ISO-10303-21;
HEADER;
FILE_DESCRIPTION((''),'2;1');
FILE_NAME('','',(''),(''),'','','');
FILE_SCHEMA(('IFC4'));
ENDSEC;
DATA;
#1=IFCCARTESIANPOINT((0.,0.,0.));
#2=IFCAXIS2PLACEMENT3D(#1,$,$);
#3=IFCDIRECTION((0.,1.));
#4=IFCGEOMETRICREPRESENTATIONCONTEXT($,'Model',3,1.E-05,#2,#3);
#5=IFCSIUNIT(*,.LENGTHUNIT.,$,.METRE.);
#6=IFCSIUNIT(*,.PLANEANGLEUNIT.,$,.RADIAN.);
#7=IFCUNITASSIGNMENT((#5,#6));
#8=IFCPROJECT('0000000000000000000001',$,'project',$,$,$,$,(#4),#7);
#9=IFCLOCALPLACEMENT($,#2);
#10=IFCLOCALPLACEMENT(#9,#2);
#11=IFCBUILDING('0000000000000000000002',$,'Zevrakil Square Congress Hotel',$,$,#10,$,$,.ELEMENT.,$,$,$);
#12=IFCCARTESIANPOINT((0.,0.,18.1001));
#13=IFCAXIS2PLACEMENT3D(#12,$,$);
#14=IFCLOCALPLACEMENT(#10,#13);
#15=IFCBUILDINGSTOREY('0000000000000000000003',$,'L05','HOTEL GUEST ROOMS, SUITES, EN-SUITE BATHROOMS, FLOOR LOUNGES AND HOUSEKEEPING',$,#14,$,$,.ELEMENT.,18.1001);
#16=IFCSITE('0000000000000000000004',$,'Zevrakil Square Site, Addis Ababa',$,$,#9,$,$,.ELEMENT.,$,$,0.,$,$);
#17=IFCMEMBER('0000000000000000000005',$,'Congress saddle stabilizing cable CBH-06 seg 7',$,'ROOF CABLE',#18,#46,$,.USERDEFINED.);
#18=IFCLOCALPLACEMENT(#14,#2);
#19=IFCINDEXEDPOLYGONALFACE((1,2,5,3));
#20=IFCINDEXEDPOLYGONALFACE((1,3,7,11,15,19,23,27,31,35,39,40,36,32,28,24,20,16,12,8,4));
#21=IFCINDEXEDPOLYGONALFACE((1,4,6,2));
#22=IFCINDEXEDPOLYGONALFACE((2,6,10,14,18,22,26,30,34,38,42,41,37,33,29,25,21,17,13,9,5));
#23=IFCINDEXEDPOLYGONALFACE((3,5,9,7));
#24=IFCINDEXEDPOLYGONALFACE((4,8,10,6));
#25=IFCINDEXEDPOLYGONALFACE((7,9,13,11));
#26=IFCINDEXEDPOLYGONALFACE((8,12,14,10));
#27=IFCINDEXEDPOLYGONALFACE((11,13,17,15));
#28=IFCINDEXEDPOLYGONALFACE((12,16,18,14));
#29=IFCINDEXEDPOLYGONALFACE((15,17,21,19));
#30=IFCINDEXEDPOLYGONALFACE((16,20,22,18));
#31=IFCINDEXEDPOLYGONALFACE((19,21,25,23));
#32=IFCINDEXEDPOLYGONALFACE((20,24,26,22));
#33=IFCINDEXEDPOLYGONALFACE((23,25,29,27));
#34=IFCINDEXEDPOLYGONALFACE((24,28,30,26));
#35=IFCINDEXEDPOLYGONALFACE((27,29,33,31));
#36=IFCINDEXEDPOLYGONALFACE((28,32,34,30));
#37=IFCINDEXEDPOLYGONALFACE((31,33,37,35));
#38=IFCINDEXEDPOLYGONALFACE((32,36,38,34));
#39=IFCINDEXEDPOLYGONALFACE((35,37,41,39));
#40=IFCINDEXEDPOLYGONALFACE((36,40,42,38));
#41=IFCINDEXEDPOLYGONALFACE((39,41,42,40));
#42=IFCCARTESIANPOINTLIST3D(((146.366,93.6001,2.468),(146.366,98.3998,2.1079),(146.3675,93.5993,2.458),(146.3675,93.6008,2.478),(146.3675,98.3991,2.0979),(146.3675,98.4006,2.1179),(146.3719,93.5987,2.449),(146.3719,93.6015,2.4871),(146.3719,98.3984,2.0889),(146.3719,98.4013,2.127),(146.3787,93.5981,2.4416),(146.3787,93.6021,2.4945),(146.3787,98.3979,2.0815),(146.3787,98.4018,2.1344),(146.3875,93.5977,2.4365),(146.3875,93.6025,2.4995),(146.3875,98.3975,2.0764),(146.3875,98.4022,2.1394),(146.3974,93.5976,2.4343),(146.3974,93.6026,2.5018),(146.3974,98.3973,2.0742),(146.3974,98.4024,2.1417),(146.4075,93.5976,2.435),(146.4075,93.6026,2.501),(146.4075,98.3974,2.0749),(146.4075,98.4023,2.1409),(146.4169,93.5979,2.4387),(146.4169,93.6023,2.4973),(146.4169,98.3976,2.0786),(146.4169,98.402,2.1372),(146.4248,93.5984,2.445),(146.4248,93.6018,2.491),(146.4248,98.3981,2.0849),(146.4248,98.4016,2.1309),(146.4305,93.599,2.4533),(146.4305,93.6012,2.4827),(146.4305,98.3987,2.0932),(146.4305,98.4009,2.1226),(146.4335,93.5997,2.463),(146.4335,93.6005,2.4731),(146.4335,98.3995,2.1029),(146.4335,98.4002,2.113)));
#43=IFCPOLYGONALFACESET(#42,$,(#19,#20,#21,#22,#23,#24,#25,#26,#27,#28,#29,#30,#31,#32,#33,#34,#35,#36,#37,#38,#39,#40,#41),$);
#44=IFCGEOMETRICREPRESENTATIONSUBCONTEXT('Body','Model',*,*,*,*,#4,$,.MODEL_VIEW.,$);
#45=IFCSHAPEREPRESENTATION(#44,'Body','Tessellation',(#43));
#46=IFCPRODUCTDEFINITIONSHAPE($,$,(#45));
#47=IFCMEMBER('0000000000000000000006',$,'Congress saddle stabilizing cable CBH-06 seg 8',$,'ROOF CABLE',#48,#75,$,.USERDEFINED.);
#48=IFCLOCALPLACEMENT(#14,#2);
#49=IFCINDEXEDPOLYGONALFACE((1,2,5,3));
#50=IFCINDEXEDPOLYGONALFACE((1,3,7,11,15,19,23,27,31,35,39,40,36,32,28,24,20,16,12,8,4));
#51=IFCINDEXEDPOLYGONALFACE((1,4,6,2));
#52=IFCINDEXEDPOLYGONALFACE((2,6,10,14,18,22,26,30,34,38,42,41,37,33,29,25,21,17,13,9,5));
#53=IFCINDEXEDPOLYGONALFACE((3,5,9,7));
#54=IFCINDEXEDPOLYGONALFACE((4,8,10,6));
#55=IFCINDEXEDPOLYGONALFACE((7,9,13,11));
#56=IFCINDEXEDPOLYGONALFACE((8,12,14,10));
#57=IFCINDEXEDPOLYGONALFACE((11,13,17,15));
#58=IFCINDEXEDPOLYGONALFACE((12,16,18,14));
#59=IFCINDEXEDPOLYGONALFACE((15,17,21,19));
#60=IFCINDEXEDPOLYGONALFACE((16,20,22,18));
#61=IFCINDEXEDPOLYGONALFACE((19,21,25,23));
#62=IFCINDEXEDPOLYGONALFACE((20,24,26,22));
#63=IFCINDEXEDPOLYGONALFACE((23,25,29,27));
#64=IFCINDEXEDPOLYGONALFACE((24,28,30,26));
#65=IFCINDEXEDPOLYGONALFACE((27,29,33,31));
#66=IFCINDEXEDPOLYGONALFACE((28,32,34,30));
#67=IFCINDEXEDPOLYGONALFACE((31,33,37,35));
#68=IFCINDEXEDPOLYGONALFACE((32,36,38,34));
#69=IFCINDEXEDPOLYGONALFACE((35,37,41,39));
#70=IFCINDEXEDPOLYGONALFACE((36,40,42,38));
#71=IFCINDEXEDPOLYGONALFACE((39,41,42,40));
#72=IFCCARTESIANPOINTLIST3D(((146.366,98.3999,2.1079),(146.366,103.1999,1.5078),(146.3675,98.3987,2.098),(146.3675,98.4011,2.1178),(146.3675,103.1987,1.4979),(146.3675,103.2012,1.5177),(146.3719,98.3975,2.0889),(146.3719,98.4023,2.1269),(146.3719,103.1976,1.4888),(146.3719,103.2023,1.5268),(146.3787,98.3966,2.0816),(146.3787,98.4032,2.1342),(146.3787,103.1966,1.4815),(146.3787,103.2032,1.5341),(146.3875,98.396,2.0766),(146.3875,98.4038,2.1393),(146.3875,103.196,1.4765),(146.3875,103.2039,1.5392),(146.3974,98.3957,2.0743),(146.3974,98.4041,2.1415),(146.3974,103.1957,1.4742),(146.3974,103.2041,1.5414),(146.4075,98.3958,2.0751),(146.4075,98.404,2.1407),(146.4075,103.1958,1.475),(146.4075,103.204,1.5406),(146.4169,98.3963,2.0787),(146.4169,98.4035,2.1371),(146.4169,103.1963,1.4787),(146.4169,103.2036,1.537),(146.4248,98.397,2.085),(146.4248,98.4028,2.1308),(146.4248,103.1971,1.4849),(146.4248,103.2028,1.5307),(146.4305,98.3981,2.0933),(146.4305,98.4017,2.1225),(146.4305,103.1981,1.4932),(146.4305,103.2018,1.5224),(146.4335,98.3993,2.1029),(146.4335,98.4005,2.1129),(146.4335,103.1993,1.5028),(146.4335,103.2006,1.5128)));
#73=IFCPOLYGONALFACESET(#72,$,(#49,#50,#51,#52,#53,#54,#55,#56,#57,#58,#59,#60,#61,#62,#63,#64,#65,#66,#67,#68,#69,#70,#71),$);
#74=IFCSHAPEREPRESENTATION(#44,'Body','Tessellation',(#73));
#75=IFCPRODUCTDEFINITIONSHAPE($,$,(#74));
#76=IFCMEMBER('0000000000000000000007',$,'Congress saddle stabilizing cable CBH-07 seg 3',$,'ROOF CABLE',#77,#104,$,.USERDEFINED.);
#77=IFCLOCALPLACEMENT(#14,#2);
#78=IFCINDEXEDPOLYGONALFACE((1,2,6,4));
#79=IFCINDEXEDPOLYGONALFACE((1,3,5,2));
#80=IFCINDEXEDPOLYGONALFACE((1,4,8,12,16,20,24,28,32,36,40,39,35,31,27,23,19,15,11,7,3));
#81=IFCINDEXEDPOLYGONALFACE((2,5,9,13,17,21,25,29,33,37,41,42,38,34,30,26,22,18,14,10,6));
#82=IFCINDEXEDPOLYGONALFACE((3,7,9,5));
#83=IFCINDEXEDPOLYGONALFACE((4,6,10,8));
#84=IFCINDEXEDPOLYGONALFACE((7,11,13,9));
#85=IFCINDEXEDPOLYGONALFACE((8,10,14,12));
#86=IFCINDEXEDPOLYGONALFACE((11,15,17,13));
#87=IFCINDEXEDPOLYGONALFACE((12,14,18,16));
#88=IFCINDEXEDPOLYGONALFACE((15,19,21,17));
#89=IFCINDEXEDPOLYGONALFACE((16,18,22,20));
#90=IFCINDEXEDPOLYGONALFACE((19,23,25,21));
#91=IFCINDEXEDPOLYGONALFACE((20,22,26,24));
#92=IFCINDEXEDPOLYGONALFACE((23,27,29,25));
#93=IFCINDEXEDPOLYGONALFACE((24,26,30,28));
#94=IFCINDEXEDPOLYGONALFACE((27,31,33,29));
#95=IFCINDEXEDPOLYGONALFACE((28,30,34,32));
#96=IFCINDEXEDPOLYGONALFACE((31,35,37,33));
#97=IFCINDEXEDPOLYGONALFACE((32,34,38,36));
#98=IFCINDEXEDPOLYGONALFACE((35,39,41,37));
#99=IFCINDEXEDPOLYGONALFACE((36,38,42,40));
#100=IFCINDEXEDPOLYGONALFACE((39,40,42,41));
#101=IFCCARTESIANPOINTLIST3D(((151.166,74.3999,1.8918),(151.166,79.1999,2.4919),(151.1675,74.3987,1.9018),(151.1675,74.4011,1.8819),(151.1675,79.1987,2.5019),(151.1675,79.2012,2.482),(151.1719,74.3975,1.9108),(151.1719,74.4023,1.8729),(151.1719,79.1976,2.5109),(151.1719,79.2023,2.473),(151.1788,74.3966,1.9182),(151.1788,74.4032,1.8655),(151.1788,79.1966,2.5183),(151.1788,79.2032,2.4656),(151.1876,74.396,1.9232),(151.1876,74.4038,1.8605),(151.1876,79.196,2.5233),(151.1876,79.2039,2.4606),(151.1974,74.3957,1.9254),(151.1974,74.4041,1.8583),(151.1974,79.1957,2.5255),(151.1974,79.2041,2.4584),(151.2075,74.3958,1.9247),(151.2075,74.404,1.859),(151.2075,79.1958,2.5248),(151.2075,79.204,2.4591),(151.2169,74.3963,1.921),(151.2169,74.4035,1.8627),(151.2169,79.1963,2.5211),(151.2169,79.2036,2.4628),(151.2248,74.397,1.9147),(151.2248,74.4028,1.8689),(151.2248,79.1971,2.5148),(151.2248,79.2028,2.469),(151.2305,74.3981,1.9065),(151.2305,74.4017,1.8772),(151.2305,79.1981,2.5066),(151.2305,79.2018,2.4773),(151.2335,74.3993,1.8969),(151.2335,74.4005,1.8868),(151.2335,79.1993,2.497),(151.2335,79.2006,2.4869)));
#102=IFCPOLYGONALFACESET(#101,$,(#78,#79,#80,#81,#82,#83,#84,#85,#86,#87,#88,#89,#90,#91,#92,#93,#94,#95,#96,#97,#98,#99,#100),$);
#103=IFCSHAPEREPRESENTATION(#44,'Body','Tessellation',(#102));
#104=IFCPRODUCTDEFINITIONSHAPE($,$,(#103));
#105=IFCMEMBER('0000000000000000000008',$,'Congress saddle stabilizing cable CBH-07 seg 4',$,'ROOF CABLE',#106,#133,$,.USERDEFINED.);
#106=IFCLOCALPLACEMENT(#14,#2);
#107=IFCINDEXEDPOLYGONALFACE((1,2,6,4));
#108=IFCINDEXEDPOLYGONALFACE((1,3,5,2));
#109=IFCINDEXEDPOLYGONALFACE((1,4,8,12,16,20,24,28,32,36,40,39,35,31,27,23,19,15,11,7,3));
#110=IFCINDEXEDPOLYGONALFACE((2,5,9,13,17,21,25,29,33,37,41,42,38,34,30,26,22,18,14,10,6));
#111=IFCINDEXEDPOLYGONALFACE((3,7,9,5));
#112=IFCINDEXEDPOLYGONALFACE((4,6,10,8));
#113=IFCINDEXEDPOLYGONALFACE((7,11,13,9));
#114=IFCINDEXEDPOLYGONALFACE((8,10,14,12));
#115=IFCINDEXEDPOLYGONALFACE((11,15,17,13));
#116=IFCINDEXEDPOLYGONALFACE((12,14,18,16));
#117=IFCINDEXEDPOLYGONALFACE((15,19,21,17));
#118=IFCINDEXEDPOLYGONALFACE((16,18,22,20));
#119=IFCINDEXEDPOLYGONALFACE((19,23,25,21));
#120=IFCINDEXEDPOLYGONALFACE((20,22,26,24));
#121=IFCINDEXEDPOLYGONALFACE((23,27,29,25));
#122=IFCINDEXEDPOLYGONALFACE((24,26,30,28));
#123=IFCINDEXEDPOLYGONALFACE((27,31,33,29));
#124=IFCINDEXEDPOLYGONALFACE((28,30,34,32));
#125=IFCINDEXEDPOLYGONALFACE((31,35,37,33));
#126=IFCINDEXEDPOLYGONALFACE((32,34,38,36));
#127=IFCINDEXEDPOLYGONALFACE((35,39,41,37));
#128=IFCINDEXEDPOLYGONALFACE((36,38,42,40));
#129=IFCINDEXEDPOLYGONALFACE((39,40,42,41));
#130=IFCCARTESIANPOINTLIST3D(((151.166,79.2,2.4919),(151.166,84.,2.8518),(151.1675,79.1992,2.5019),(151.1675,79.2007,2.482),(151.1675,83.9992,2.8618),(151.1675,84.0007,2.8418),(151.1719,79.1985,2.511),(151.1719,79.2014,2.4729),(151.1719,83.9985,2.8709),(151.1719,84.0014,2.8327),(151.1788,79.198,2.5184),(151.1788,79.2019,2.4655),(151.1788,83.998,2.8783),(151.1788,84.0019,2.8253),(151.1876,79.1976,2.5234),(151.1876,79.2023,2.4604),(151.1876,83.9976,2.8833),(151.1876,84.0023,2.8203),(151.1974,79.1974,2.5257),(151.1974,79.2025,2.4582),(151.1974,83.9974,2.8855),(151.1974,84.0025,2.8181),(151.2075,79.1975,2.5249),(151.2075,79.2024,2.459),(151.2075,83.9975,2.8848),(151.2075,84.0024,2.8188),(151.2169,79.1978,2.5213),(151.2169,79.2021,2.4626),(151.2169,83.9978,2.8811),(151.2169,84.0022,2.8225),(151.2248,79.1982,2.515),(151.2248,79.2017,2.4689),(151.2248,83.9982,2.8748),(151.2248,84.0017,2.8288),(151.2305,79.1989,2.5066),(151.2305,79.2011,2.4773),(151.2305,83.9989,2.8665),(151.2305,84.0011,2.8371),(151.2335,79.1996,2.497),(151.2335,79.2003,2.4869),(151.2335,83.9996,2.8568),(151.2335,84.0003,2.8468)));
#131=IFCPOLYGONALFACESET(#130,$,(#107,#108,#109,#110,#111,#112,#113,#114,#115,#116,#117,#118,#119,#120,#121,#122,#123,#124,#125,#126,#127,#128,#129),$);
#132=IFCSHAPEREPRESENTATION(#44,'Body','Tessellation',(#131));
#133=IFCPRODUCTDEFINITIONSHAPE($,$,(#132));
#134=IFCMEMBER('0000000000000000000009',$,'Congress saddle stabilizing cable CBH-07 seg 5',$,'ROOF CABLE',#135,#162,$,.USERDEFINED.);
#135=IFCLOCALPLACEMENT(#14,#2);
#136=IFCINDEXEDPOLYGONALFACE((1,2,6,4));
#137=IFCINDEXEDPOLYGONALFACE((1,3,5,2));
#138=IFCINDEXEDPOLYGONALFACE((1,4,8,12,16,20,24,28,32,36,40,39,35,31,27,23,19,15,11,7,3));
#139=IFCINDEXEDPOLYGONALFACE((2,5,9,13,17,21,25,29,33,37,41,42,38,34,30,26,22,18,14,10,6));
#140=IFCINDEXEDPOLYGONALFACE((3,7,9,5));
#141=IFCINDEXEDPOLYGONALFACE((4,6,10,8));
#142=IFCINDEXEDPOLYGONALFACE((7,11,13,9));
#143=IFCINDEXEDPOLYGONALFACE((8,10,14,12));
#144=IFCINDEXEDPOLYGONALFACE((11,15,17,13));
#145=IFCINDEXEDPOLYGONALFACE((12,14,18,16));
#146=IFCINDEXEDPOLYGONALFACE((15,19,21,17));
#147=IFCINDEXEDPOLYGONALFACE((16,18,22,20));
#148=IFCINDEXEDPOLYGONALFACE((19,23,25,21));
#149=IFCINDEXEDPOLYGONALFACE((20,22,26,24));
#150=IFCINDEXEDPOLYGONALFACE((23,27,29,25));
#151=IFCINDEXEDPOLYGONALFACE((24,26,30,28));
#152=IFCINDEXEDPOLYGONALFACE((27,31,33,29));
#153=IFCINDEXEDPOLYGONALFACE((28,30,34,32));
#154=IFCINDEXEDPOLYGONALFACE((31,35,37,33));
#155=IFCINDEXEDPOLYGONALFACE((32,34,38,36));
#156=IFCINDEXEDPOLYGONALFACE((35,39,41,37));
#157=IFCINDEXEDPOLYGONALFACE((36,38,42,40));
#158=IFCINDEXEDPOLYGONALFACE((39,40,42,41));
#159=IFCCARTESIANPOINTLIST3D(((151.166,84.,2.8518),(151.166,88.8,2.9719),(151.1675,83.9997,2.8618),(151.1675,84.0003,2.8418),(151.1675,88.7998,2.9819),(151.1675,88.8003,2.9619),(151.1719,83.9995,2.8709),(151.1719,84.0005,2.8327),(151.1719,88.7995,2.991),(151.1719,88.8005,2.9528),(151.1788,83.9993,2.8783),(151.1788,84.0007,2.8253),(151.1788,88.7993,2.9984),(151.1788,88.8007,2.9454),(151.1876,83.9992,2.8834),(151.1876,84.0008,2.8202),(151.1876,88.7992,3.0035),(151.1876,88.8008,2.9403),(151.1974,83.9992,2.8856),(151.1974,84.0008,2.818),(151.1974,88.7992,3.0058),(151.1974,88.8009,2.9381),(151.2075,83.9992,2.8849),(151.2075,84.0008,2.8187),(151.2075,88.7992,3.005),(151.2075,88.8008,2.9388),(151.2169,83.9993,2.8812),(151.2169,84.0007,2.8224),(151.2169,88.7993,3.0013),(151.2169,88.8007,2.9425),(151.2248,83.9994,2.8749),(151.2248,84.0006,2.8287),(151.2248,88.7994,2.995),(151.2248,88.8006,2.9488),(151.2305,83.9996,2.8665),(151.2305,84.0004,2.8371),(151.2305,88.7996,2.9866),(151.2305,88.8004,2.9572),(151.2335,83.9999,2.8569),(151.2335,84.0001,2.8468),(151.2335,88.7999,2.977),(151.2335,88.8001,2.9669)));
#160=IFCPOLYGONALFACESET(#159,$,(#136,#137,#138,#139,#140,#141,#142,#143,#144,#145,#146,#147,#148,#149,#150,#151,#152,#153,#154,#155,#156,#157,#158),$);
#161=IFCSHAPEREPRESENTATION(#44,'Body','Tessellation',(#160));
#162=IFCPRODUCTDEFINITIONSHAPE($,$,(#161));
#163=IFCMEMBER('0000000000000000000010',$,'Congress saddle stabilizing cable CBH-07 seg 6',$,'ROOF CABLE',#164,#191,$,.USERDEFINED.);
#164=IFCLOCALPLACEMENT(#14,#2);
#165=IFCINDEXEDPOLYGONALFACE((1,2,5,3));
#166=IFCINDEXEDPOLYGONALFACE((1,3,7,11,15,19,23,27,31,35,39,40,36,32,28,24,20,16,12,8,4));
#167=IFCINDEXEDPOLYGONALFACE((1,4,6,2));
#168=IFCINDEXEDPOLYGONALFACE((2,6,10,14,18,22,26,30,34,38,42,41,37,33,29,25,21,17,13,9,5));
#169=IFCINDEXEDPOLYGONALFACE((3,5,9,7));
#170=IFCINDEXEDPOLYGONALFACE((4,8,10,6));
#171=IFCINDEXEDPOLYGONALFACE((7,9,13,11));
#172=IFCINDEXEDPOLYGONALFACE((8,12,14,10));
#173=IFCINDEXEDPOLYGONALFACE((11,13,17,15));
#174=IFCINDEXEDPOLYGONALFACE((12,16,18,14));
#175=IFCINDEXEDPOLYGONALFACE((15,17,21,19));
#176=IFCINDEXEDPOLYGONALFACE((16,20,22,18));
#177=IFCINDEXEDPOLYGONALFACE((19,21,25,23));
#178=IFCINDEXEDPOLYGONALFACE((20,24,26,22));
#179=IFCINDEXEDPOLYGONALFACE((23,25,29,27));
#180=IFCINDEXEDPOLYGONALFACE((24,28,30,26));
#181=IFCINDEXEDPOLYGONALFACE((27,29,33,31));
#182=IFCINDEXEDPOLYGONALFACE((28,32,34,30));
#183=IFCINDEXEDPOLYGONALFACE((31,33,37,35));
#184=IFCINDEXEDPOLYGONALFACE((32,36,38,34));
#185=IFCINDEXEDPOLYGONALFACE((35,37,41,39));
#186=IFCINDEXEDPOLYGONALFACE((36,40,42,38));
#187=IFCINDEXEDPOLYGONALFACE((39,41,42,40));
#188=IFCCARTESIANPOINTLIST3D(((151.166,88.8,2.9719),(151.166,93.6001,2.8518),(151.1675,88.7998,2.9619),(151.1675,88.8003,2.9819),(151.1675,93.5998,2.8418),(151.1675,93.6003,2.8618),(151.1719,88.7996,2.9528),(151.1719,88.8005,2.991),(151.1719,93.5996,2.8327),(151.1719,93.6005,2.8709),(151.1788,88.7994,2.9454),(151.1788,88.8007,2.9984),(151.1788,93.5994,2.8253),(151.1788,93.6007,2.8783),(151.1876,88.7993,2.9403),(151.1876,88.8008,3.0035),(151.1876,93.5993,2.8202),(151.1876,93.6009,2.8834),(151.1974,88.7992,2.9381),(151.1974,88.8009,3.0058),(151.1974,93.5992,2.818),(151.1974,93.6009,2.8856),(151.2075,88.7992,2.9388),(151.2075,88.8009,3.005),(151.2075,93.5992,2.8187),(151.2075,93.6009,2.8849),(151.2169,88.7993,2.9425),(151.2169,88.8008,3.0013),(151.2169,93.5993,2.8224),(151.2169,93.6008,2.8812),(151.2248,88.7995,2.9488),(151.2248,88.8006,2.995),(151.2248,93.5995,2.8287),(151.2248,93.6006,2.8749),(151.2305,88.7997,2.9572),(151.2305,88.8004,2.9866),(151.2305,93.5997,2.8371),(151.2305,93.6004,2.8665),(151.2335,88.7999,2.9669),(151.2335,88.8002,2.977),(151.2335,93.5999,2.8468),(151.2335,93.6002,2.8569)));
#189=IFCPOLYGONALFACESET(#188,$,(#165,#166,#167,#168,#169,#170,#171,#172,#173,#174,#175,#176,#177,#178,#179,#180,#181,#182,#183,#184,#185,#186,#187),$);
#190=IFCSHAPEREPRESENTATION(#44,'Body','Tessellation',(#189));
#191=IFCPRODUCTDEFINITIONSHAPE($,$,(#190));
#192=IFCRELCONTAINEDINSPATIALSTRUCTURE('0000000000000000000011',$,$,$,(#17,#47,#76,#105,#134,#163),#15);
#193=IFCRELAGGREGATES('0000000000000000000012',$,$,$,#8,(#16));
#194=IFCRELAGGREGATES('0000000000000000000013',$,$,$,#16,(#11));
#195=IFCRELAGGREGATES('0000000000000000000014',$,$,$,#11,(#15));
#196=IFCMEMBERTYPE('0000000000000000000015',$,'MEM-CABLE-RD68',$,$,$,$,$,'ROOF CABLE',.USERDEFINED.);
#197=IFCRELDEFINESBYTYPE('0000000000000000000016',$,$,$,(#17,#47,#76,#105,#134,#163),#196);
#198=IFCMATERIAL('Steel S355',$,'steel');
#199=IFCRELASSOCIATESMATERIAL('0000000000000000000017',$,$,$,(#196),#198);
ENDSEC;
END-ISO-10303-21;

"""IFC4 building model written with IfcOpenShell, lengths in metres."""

from ifc_helpers import new_model, si_unit, direction, frame, origin, origin_2d, place, context, subcontext, project, spatial, circle, extrude, material, material_profile, profile_set, type_object, element, save


model = new_model("IFC4")

# Units and contexts
model_context = context("Model", 3, precision=1e-05, world=origin(), true_north=direction((0.0, 1.0)))
body_context = subcontext(model_context, "Body", "Model", "MODEL_VIEW")
ifc_project = project(units=[si_unit("LENGTHUNIT", "METRE"), si_unit("PLANEANGLEUNIT", "RADIAN")], contexts=[model_context])

# Site, building, storey
site_placement = place(None, origin())
site = spatial("IfcSite", under=ifc_project, at=site_placement, Name="Zevrakil Square Site, Addis Ababa", CompositionType="ELEMENT", RefElevation=0.0)
building_placement = place(site_placement, origin())
building = spatial("IfcBuilding", under=site, at=building_placement, Name="Zevrakil Square Congress Hotel", CompositionType="ELEMENT")
storey_placement = place(building_placement, frame((0.0, 0.0, 18.1001)))
storey = spatial("IfcBuildingStorey", under=building, at=storey_placement, Name="L05", Description="HOTEL GUEST ROOMS, SUITES, EN-SUITE BATHROOMS, FLOOR LOUNGES AND HOUSEKEEPING", CompositionType="ELEMENT", Elevation=18.1001)

# Members
ifc_material_1 = material(Name="Steel S355", Category="steel")
ifc_material_profile_1 = material_profile(ifc_material_1, circle(Radius=0.0339, at=origin_2d()), Name="CABLE RD68")
ifc_profile_set_1 = profile_set([ifc_material_profile_1], Name="Steel S355")
member_type_1 = type_object("IfcMemberType", Name="MEM-CABLE-RD68", ElementType="ROOF CABLE", PredefinedType="USERDEFINED", material=ifc_profile_set_1)
member_1_placement = place(storey_placement, frame((146.3999, 93.6001, 2.468), z_axis=(0.0, 0.997197, -0.074815), x_axis=(-1.0, 0.0, 0.0)))
element("IfcMember", 1, at=member_1_placement, inside=storey, type_object=member_type_1, Name="Congress saddle stabilizing cable CBH-06 seg 7", ObjectType="ROOF CABLE", PredefinedType="USERDEFINED", context=body_context, shape_type="SweptSolid", body=[
    extrude(circle(Radius=0.0339, at=origin_2d()), origin(), (0.0, 0.0, 1.0), 4.8132),
])
for number, where, z_axis, x_axis, name in (
    (2, (146.3999, 98.3999, 2.1079), (0.0, 0.992276, -0.124053), (-1.0, 0.0, 0.0), "Congress saddle stabilizing cable CBH-06 seg 8"),
    (3, (151.2, 74.3999, 1.8918), (0.0, 0.992276, 0.124053), (-1.0, 0.0, 0.0), "Congress saddle stabilizing cable CBH-07 seg 3"),
):
    element("IfcMember", number, at=place(storey_placement, frame(where, z_axis=z_axis, x_axis=x_axis)), inside=storey, type_object=member_type_1, Name=name, ObjectType="ROOF CABLE", PredefinedType="USERDEFINED", context=body_context, shape_type="SweptSolid", body=[
        extrude(circle(Radius=0.0339, at=origin_2d()), origin(), (0.0, 0.0, 1.0), 4.8374),
    ])
member_2_placement = place(storey_placement, frame((151.2, 79.2, 2.4919), z_axis=(0.0, 0.997201, 0.074761), x_axis=(-1.0, 0.0, 0.0)))
element("IfcMember", 4, at=member_2_placement, inside=storey, type_object=member_type_1, Name="Congress saddle stabilizing cable CBH-07 seg 4", ObjectType="ROOF CABLE", PredefinedType="USERDEFINED", context=body_context, shape_type="SweptSolid", body=[
    extrude(circle(Radius=0.0339, at=origin_2d()), origin(), (0.0, 0.0, 1.0), 4.8135),
])
for number, where, z_axis, x_axis, name in (
    (5, (151.2, 84.0, 2.8518), (0.0, 0.999687, 0.025016), (-1.0, 0.0, 0.0), "Congress saddle stabilizing cable CBH-07 seg 5"),
    (6, (151.2, 88.8, 2.9719), (0.0, 0.999687, -0.025016), (-1.0, 0.0, 0.0), "Congress saddle stabilizing cable CBH-07 seg 6"),
):
    element("IfcMember", number, at=place(storey_placement, frame(where, z_axis=z_axis, x_axis=x_axis)), inside=storey, type_object=member_type_1, Name=name, ObjectType="ROOF CABLE", PredefinedType="USERDEFINED", context=body_context, shape_type="SweptSolid", body=[
        extrude(circle(Radius=0.0339, at=origin_2d()), origin(), (0.0, 0.0, 1.0), 4.8015),
    ])

save(model, "model.ifc")
